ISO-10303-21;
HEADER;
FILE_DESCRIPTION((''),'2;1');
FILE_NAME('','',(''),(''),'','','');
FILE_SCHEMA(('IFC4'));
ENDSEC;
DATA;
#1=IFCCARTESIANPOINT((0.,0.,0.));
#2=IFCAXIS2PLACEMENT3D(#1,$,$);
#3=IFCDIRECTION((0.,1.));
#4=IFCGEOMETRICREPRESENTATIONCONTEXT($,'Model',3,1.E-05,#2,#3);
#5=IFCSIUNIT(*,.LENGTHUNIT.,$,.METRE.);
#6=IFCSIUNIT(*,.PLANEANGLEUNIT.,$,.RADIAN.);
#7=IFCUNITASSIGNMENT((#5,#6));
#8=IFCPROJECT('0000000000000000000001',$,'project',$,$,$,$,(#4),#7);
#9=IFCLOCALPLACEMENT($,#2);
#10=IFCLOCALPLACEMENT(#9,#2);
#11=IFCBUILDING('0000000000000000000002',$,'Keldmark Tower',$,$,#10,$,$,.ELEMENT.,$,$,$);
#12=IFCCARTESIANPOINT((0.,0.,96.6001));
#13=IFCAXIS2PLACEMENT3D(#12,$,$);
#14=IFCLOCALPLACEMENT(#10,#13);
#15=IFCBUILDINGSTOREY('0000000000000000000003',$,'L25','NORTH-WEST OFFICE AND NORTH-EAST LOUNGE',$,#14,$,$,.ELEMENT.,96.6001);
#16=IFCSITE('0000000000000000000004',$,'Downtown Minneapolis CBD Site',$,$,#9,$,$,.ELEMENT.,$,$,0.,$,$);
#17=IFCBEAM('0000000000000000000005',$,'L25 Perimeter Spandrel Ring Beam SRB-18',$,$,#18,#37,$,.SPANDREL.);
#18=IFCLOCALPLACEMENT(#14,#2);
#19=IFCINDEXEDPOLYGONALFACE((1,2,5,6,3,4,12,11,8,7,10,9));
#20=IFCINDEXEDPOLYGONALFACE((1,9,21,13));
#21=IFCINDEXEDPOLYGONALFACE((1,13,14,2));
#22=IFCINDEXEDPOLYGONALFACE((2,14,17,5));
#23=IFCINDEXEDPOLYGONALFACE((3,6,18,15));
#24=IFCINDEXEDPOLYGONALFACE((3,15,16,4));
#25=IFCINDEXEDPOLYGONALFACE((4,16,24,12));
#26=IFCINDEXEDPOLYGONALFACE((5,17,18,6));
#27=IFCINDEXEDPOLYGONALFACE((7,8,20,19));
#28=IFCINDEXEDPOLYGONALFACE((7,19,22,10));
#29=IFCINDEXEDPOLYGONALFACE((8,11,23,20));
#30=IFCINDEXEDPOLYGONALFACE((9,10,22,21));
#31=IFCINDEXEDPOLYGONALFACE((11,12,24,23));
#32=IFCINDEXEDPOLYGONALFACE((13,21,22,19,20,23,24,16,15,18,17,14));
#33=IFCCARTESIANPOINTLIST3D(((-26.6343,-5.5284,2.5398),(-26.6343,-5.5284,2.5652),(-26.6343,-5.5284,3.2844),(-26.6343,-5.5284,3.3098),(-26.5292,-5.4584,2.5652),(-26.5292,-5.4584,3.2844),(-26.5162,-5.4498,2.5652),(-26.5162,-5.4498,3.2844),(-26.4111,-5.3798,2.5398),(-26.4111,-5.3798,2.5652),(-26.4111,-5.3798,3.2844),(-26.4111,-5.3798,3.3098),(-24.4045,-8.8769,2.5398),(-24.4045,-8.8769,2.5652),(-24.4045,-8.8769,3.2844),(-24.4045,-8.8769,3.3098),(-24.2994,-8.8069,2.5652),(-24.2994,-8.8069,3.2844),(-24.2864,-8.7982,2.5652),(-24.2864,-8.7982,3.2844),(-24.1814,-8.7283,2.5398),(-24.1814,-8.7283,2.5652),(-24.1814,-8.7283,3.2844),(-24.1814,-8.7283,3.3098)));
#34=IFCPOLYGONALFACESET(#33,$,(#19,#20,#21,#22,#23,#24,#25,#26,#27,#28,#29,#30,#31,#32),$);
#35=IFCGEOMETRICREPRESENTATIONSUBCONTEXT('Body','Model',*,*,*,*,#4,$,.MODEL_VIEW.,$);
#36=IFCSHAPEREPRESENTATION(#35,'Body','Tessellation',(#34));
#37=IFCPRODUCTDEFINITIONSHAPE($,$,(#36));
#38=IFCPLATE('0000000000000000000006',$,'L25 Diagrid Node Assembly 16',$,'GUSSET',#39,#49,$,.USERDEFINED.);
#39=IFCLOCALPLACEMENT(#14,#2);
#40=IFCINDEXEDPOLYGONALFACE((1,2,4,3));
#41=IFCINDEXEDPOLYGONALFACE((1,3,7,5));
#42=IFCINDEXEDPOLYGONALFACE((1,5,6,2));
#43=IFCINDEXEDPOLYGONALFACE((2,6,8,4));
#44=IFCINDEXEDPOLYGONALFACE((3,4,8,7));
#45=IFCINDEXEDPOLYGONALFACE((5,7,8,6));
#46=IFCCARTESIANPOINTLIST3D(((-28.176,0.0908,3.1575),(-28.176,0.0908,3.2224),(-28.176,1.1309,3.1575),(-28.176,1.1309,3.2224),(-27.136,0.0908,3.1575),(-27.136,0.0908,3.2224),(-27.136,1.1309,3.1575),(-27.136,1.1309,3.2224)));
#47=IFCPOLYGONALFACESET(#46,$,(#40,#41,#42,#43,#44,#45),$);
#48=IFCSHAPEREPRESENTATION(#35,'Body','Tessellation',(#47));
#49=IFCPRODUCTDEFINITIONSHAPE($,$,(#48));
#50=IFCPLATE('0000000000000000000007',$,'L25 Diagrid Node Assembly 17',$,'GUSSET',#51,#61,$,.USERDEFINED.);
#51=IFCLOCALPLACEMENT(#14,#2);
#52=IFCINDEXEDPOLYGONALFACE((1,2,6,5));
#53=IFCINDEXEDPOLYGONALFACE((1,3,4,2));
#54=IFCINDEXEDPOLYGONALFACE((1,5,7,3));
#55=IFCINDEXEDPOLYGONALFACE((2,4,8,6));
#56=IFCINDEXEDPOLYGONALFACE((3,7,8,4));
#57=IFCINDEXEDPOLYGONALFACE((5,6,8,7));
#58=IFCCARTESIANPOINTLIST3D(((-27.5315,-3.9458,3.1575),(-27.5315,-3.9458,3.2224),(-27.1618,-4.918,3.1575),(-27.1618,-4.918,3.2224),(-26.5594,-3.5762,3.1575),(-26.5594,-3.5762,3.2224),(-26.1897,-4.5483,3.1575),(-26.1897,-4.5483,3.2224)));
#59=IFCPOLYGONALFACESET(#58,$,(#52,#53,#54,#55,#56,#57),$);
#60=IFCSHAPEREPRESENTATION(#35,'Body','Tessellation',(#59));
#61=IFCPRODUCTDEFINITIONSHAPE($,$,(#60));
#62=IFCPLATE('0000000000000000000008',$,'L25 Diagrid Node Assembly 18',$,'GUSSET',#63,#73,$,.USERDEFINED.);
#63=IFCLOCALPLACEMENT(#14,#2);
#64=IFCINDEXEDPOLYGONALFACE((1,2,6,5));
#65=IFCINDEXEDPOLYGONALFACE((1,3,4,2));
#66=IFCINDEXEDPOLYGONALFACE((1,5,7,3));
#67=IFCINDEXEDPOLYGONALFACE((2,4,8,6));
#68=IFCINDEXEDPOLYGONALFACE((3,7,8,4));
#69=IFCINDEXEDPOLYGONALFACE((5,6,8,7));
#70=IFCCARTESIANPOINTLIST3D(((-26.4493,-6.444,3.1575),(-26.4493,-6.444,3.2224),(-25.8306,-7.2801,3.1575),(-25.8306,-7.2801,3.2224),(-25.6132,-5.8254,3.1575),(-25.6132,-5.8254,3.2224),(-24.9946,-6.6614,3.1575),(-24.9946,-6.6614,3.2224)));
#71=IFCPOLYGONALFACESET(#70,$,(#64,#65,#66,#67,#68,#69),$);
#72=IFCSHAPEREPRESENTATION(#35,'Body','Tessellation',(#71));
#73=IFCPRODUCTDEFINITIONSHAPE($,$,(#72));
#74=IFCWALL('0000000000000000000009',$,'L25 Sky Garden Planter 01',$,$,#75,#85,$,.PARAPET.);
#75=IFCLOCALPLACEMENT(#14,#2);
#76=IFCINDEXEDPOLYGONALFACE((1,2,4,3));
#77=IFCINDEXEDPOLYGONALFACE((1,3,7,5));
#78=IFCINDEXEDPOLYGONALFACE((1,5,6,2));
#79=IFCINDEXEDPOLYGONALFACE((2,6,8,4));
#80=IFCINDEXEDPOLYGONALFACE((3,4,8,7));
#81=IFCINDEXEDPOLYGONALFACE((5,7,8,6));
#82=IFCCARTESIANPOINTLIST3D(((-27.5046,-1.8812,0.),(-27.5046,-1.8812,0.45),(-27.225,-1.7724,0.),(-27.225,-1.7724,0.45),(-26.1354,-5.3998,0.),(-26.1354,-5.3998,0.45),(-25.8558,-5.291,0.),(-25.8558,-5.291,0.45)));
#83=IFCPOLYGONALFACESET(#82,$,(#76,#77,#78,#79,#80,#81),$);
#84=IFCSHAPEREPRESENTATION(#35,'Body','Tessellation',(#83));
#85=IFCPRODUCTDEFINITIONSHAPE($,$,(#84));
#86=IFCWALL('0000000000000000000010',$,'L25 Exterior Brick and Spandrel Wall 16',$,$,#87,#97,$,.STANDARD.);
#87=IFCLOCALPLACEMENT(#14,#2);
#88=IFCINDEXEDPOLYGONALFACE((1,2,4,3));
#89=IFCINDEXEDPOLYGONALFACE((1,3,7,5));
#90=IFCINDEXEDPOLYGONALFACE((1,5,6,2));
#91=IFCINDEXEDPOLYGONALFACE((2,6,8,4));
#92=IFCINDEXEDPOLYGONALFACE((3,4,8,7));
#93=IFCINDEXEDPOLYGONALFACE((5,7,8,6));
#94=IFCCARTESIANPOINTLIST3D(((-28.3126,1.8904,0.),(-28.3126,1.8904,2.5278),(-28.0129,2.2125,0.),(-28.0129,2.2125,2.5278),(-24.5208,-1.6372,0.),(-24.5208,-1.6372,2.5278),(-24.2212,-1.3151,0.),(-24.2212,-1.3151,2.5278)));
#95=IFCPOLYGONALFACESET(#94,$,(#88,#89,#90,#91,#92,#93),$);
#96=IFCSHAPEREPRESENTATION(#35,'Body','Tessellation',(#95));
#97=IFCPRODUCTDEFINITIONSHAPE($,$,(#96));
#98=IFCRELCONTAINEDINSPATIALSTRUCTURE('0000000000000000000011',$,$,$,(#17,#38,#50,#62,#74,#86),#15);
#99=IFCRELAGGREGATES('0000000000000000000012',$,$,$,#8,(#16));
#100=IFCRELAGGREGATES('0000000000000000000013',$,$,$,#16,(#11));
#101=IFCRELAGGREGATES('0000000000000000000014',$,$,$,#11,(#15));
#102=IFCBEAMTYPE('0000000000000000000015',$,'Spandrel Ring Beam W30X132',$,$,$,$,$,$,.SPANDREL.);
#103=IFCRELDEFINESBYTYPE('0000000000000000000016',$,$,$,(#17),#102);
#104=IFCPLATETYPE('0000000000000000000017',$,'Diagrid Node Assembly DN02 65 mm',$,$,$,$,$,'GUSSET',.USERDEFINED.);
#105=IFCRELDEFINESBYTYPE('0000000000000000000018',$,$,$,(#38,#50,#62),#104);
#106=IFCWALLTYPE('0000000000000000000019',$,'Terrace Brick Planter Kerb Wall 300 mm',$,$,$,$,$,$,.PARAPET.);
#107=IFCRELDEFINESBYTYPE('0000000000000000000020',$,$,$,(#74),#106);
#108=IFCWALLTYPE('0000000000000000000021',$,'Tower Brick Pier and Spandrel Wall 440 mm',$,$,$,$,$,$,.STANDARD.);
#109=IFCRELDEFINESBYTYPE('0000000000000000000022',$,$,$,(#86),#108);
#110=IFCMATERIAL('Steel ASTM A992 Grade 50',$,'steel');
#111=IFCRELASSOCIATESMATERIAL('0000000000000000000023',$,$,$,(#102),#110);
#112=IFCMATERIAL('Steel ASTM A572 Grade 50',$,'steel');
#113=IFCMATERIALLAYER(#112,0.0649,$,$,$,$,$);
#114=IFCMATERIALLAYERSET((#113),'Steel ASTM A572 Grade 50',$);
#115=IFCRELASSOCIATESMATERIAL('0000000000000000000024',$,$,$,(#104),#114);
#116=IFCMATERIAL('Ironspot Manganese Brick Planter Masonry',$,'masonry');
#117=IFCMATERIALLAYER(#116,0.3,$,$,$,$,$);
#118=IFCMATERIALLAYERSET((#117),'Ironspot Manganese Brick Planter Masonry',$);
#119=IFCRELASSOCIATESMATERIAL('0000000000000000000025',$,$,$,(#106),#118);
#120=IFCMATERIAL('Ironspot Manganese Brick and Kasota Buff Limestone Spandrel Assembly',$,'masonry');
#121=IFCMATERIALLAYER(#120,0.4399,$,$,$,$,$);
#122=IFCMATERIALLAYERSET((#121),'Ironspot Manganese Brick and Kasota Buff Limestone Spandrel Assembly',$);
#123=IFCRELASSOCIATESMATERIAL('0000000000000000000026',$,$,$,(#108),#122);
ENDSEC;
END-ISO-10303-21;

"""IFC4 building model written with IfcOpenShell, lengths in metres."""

from ifc_helpers import new_model, si_unit, direction, frame, frame_2d, origin, origin_2d, place, context, subcontext, project, spatial, rectangle, i_section, extrude, material, layer, layer_set, material_profile, profile_set, type_object, element, save


model = new_model("IFC4")

# Units and contexts
model_context = context("Model", 3, precision=1e-05, world=origin(), true_north=direction((0.0, 1.0)))
body_context = subcontext(model_context, "Body", "Model", "MODEL_VIEW")
ifc_project = project(units=[si_unit("LENGTHUNIT", "METRE"), si_unit("PLANEANGLEUNIT", "RADIAN")], contexts=[model_context])

# Site, building, storey
site_placement = place(None, origin())
site = spatial("IfcSite", under=ifc_project, at=site_placement, Name="Downtown Minneapolis CBD Site", CompositionType="ELEMENT", RefElevation=0.0)
building_placement = place(site_placement, origin())
building = spatial("IfcBuilding", under=site, at=building_placement, Name="Keldmark Tower", CompositionType="ELEMENT")
storey_placement = place(building_placement, frame((0.0, 0.0, 96.6001)))
storey = spatial("IfcBuildingStorey", under=building, at=storey_placement, Name="L25", Description="NORTH-WEST OFFICE AND NORTH-EAST LOUNGE", CompositionType="ELEMENT", Elevation=96.6001)

# Beam
ifc_material_1 = material(Name="Steel ASTM A992 Grade 50", Category="steel")
ifc_material_profile_1 = material_profile(ifc_material_1, i_section(OverallWidth=0.2681, OverallDepth=0.77, WebThickness=0.0156, FlangeThickness=0.0254, at=origin_2d()), Name="W30X132")
ifc_profile_set_1 = profile_set([ifc_material_profile_1], Name="Steel ASTM A992 Grade 50")
beam_type_1 = type_object("IfcBeamType", Name="Spandrel Ring Beam W30X132", PredefinedType="SPANDREL", material=ifc_profile_set_1)
beam_1_placement = place(storey_placement, frame((-26.5227, -5.4541, 2.9248), z_axis=(0.554266, -0.83234, 0.0), x_axis=(0.83234, 0.554266, 0.0)))
element("IfcBeam", 1, at=beam_1_placement, inside=storey, type_object=beam_type_1, Name="L25 Perimeter Spandrel Ring Beam SRB-18", PredefinedType="SPANDREL", context=body_context, shape_type="SweptSolid", body=[
    extrude(i_section(OverallWidth=0.2681, OverallDepth=0.77, WebThickness=0.0156, FlangeThickness=0.0254, at=origin_2d()), origin(), (0.0, 0.0, 1.0), 4.0229),
])

# Plates
ifc_material_2 = material(Name="Steel ASTM A572 Grade 50", Category="steel")
ifc_layer_1 = layer(ifc_material_2, 0.0649)
ifc_layer_set_1 = layer_set([ifc_layer_1], Name="Steel ASTM A572 Grade 50")
plate_type = type_object("IfcPlateType", Name="Diagrid Node Assembly DN02 65 mm", ElementType="GUSSET", PredefinedType="USERDEFINED", material=ifc_layer_set_1)
for number, where, z_axis, x_axis, name in (
    (2, (-27.656, 0.6108, 3.1575), (0.0, 0.0, 1.0), (0.0, -1.0, 0.0), "L25 Diagrid Node Assembly 16"),
    (3, (-26.8606, -4.2471, 3.1575), (0.0, 0.0, 1.0), (0.355433, -0.934702, 0.0), "L25 Diagrid Node Assembly 17"),
    (4, (-25.7219, -6.5527, 3.1575), (0.0, 0.0, 1.0), (0.594823, -0.803857, 0.0), "L25 Diagrid Node Assembly 18"),
):
    element("IfcPlate", number, at=place(storey_placement, frame(where, z_axis=z_axis, x_axis=x_axis)), inside=storey, type_object=plate_type, Name=name, ObjectType="GUSSET", PredefinedType="USERDEFINED", context=body_context, shape_type="SweptSolid", body=[
        extrude(rectangle(XDim=1.04, YDim=1.04, at=origin_2d()), origin(), (0.0, 0.0, 1.0), 0.0649),
    ])

# Walls
ifc_material_3 = material(Name="Ironspot Manganese Brick Planter Masonry", Category="masonry")
ifc_layer_2 = layer(ifc_material_3, 0.3)
ifc_layer_set_2 = layer_set([ifc_layer_2], Name="Ironspot Manganese Brick Planter Masonry")
wall_type_1 = type_object("IfcWallType", Name="Terrace Brick Planter Kerb Wall 300 mm", PredefinedType="PARAPET", material=ifc_layer_set_2)
wall_1_placement = place(storey_placement, frame((-27.3647, -1.8269, 0.0), z_axis=(0.0, 0.0, 1.0), x_axis=(0.362633, -0.931932, 0.0)))
element("IfcWall", 5, at=wall_1_placement, inside=storey, type_object=wall_type_1, Name="L25 Sky Garden Planter 01", PredefinedType="PARAPET", context=body_context, shape_type="SweptSolid", body=[
    extrude(rectangle(XDim=3.7756, YDim=0.3, at=frame_2d((1.8877, 0.0))), origin(), (0.0, 0.0, 1.0), 0.45),
])
ifc_material_4 = material(Name="Ironspot Manganese Brick and Kasota Buff Limestone Spandrel Assembly", Category="masonry")
ifc_layer_3 = layer(ifc_material_4, 0.4399)
ifc_layer_set_3 = layer_set([ifc_layer_3], Name="Ironspot Manganese Brick and Kasota Buff Limestone Spandrel Assembly")
wall_type_2 = type_object("IfcWallType", Name="Tower Brick Pier and Spandrel Wall 440 mm", PredefinedType="STANDARD", material=ifc_layer_set_3)
wall_2_placement = place(storey_placement, frame((-24.3711, -1.4761, 0.0), z_axis=(0.0, 0.0, 1.0), x_axis=(-0.73215, 0.681143, 0.0)))
element("IfcWall", 6, at=wall_2_placement, inside=storey, type_object=wall_type_2, Name="L25 Exterior Brick and Spandrel Wall 16", PredefinedType="STANDARD", context=body_context, shape_type="SweptSolid", body=[
    extrude(rectangle(XDim=5.179, YDim=0.4399, at=frame_2d((2.5894, 0.0))), origin(), (0.0, 0.0, 1.0), 2.5278),
])

save(model, "model.ifc")
